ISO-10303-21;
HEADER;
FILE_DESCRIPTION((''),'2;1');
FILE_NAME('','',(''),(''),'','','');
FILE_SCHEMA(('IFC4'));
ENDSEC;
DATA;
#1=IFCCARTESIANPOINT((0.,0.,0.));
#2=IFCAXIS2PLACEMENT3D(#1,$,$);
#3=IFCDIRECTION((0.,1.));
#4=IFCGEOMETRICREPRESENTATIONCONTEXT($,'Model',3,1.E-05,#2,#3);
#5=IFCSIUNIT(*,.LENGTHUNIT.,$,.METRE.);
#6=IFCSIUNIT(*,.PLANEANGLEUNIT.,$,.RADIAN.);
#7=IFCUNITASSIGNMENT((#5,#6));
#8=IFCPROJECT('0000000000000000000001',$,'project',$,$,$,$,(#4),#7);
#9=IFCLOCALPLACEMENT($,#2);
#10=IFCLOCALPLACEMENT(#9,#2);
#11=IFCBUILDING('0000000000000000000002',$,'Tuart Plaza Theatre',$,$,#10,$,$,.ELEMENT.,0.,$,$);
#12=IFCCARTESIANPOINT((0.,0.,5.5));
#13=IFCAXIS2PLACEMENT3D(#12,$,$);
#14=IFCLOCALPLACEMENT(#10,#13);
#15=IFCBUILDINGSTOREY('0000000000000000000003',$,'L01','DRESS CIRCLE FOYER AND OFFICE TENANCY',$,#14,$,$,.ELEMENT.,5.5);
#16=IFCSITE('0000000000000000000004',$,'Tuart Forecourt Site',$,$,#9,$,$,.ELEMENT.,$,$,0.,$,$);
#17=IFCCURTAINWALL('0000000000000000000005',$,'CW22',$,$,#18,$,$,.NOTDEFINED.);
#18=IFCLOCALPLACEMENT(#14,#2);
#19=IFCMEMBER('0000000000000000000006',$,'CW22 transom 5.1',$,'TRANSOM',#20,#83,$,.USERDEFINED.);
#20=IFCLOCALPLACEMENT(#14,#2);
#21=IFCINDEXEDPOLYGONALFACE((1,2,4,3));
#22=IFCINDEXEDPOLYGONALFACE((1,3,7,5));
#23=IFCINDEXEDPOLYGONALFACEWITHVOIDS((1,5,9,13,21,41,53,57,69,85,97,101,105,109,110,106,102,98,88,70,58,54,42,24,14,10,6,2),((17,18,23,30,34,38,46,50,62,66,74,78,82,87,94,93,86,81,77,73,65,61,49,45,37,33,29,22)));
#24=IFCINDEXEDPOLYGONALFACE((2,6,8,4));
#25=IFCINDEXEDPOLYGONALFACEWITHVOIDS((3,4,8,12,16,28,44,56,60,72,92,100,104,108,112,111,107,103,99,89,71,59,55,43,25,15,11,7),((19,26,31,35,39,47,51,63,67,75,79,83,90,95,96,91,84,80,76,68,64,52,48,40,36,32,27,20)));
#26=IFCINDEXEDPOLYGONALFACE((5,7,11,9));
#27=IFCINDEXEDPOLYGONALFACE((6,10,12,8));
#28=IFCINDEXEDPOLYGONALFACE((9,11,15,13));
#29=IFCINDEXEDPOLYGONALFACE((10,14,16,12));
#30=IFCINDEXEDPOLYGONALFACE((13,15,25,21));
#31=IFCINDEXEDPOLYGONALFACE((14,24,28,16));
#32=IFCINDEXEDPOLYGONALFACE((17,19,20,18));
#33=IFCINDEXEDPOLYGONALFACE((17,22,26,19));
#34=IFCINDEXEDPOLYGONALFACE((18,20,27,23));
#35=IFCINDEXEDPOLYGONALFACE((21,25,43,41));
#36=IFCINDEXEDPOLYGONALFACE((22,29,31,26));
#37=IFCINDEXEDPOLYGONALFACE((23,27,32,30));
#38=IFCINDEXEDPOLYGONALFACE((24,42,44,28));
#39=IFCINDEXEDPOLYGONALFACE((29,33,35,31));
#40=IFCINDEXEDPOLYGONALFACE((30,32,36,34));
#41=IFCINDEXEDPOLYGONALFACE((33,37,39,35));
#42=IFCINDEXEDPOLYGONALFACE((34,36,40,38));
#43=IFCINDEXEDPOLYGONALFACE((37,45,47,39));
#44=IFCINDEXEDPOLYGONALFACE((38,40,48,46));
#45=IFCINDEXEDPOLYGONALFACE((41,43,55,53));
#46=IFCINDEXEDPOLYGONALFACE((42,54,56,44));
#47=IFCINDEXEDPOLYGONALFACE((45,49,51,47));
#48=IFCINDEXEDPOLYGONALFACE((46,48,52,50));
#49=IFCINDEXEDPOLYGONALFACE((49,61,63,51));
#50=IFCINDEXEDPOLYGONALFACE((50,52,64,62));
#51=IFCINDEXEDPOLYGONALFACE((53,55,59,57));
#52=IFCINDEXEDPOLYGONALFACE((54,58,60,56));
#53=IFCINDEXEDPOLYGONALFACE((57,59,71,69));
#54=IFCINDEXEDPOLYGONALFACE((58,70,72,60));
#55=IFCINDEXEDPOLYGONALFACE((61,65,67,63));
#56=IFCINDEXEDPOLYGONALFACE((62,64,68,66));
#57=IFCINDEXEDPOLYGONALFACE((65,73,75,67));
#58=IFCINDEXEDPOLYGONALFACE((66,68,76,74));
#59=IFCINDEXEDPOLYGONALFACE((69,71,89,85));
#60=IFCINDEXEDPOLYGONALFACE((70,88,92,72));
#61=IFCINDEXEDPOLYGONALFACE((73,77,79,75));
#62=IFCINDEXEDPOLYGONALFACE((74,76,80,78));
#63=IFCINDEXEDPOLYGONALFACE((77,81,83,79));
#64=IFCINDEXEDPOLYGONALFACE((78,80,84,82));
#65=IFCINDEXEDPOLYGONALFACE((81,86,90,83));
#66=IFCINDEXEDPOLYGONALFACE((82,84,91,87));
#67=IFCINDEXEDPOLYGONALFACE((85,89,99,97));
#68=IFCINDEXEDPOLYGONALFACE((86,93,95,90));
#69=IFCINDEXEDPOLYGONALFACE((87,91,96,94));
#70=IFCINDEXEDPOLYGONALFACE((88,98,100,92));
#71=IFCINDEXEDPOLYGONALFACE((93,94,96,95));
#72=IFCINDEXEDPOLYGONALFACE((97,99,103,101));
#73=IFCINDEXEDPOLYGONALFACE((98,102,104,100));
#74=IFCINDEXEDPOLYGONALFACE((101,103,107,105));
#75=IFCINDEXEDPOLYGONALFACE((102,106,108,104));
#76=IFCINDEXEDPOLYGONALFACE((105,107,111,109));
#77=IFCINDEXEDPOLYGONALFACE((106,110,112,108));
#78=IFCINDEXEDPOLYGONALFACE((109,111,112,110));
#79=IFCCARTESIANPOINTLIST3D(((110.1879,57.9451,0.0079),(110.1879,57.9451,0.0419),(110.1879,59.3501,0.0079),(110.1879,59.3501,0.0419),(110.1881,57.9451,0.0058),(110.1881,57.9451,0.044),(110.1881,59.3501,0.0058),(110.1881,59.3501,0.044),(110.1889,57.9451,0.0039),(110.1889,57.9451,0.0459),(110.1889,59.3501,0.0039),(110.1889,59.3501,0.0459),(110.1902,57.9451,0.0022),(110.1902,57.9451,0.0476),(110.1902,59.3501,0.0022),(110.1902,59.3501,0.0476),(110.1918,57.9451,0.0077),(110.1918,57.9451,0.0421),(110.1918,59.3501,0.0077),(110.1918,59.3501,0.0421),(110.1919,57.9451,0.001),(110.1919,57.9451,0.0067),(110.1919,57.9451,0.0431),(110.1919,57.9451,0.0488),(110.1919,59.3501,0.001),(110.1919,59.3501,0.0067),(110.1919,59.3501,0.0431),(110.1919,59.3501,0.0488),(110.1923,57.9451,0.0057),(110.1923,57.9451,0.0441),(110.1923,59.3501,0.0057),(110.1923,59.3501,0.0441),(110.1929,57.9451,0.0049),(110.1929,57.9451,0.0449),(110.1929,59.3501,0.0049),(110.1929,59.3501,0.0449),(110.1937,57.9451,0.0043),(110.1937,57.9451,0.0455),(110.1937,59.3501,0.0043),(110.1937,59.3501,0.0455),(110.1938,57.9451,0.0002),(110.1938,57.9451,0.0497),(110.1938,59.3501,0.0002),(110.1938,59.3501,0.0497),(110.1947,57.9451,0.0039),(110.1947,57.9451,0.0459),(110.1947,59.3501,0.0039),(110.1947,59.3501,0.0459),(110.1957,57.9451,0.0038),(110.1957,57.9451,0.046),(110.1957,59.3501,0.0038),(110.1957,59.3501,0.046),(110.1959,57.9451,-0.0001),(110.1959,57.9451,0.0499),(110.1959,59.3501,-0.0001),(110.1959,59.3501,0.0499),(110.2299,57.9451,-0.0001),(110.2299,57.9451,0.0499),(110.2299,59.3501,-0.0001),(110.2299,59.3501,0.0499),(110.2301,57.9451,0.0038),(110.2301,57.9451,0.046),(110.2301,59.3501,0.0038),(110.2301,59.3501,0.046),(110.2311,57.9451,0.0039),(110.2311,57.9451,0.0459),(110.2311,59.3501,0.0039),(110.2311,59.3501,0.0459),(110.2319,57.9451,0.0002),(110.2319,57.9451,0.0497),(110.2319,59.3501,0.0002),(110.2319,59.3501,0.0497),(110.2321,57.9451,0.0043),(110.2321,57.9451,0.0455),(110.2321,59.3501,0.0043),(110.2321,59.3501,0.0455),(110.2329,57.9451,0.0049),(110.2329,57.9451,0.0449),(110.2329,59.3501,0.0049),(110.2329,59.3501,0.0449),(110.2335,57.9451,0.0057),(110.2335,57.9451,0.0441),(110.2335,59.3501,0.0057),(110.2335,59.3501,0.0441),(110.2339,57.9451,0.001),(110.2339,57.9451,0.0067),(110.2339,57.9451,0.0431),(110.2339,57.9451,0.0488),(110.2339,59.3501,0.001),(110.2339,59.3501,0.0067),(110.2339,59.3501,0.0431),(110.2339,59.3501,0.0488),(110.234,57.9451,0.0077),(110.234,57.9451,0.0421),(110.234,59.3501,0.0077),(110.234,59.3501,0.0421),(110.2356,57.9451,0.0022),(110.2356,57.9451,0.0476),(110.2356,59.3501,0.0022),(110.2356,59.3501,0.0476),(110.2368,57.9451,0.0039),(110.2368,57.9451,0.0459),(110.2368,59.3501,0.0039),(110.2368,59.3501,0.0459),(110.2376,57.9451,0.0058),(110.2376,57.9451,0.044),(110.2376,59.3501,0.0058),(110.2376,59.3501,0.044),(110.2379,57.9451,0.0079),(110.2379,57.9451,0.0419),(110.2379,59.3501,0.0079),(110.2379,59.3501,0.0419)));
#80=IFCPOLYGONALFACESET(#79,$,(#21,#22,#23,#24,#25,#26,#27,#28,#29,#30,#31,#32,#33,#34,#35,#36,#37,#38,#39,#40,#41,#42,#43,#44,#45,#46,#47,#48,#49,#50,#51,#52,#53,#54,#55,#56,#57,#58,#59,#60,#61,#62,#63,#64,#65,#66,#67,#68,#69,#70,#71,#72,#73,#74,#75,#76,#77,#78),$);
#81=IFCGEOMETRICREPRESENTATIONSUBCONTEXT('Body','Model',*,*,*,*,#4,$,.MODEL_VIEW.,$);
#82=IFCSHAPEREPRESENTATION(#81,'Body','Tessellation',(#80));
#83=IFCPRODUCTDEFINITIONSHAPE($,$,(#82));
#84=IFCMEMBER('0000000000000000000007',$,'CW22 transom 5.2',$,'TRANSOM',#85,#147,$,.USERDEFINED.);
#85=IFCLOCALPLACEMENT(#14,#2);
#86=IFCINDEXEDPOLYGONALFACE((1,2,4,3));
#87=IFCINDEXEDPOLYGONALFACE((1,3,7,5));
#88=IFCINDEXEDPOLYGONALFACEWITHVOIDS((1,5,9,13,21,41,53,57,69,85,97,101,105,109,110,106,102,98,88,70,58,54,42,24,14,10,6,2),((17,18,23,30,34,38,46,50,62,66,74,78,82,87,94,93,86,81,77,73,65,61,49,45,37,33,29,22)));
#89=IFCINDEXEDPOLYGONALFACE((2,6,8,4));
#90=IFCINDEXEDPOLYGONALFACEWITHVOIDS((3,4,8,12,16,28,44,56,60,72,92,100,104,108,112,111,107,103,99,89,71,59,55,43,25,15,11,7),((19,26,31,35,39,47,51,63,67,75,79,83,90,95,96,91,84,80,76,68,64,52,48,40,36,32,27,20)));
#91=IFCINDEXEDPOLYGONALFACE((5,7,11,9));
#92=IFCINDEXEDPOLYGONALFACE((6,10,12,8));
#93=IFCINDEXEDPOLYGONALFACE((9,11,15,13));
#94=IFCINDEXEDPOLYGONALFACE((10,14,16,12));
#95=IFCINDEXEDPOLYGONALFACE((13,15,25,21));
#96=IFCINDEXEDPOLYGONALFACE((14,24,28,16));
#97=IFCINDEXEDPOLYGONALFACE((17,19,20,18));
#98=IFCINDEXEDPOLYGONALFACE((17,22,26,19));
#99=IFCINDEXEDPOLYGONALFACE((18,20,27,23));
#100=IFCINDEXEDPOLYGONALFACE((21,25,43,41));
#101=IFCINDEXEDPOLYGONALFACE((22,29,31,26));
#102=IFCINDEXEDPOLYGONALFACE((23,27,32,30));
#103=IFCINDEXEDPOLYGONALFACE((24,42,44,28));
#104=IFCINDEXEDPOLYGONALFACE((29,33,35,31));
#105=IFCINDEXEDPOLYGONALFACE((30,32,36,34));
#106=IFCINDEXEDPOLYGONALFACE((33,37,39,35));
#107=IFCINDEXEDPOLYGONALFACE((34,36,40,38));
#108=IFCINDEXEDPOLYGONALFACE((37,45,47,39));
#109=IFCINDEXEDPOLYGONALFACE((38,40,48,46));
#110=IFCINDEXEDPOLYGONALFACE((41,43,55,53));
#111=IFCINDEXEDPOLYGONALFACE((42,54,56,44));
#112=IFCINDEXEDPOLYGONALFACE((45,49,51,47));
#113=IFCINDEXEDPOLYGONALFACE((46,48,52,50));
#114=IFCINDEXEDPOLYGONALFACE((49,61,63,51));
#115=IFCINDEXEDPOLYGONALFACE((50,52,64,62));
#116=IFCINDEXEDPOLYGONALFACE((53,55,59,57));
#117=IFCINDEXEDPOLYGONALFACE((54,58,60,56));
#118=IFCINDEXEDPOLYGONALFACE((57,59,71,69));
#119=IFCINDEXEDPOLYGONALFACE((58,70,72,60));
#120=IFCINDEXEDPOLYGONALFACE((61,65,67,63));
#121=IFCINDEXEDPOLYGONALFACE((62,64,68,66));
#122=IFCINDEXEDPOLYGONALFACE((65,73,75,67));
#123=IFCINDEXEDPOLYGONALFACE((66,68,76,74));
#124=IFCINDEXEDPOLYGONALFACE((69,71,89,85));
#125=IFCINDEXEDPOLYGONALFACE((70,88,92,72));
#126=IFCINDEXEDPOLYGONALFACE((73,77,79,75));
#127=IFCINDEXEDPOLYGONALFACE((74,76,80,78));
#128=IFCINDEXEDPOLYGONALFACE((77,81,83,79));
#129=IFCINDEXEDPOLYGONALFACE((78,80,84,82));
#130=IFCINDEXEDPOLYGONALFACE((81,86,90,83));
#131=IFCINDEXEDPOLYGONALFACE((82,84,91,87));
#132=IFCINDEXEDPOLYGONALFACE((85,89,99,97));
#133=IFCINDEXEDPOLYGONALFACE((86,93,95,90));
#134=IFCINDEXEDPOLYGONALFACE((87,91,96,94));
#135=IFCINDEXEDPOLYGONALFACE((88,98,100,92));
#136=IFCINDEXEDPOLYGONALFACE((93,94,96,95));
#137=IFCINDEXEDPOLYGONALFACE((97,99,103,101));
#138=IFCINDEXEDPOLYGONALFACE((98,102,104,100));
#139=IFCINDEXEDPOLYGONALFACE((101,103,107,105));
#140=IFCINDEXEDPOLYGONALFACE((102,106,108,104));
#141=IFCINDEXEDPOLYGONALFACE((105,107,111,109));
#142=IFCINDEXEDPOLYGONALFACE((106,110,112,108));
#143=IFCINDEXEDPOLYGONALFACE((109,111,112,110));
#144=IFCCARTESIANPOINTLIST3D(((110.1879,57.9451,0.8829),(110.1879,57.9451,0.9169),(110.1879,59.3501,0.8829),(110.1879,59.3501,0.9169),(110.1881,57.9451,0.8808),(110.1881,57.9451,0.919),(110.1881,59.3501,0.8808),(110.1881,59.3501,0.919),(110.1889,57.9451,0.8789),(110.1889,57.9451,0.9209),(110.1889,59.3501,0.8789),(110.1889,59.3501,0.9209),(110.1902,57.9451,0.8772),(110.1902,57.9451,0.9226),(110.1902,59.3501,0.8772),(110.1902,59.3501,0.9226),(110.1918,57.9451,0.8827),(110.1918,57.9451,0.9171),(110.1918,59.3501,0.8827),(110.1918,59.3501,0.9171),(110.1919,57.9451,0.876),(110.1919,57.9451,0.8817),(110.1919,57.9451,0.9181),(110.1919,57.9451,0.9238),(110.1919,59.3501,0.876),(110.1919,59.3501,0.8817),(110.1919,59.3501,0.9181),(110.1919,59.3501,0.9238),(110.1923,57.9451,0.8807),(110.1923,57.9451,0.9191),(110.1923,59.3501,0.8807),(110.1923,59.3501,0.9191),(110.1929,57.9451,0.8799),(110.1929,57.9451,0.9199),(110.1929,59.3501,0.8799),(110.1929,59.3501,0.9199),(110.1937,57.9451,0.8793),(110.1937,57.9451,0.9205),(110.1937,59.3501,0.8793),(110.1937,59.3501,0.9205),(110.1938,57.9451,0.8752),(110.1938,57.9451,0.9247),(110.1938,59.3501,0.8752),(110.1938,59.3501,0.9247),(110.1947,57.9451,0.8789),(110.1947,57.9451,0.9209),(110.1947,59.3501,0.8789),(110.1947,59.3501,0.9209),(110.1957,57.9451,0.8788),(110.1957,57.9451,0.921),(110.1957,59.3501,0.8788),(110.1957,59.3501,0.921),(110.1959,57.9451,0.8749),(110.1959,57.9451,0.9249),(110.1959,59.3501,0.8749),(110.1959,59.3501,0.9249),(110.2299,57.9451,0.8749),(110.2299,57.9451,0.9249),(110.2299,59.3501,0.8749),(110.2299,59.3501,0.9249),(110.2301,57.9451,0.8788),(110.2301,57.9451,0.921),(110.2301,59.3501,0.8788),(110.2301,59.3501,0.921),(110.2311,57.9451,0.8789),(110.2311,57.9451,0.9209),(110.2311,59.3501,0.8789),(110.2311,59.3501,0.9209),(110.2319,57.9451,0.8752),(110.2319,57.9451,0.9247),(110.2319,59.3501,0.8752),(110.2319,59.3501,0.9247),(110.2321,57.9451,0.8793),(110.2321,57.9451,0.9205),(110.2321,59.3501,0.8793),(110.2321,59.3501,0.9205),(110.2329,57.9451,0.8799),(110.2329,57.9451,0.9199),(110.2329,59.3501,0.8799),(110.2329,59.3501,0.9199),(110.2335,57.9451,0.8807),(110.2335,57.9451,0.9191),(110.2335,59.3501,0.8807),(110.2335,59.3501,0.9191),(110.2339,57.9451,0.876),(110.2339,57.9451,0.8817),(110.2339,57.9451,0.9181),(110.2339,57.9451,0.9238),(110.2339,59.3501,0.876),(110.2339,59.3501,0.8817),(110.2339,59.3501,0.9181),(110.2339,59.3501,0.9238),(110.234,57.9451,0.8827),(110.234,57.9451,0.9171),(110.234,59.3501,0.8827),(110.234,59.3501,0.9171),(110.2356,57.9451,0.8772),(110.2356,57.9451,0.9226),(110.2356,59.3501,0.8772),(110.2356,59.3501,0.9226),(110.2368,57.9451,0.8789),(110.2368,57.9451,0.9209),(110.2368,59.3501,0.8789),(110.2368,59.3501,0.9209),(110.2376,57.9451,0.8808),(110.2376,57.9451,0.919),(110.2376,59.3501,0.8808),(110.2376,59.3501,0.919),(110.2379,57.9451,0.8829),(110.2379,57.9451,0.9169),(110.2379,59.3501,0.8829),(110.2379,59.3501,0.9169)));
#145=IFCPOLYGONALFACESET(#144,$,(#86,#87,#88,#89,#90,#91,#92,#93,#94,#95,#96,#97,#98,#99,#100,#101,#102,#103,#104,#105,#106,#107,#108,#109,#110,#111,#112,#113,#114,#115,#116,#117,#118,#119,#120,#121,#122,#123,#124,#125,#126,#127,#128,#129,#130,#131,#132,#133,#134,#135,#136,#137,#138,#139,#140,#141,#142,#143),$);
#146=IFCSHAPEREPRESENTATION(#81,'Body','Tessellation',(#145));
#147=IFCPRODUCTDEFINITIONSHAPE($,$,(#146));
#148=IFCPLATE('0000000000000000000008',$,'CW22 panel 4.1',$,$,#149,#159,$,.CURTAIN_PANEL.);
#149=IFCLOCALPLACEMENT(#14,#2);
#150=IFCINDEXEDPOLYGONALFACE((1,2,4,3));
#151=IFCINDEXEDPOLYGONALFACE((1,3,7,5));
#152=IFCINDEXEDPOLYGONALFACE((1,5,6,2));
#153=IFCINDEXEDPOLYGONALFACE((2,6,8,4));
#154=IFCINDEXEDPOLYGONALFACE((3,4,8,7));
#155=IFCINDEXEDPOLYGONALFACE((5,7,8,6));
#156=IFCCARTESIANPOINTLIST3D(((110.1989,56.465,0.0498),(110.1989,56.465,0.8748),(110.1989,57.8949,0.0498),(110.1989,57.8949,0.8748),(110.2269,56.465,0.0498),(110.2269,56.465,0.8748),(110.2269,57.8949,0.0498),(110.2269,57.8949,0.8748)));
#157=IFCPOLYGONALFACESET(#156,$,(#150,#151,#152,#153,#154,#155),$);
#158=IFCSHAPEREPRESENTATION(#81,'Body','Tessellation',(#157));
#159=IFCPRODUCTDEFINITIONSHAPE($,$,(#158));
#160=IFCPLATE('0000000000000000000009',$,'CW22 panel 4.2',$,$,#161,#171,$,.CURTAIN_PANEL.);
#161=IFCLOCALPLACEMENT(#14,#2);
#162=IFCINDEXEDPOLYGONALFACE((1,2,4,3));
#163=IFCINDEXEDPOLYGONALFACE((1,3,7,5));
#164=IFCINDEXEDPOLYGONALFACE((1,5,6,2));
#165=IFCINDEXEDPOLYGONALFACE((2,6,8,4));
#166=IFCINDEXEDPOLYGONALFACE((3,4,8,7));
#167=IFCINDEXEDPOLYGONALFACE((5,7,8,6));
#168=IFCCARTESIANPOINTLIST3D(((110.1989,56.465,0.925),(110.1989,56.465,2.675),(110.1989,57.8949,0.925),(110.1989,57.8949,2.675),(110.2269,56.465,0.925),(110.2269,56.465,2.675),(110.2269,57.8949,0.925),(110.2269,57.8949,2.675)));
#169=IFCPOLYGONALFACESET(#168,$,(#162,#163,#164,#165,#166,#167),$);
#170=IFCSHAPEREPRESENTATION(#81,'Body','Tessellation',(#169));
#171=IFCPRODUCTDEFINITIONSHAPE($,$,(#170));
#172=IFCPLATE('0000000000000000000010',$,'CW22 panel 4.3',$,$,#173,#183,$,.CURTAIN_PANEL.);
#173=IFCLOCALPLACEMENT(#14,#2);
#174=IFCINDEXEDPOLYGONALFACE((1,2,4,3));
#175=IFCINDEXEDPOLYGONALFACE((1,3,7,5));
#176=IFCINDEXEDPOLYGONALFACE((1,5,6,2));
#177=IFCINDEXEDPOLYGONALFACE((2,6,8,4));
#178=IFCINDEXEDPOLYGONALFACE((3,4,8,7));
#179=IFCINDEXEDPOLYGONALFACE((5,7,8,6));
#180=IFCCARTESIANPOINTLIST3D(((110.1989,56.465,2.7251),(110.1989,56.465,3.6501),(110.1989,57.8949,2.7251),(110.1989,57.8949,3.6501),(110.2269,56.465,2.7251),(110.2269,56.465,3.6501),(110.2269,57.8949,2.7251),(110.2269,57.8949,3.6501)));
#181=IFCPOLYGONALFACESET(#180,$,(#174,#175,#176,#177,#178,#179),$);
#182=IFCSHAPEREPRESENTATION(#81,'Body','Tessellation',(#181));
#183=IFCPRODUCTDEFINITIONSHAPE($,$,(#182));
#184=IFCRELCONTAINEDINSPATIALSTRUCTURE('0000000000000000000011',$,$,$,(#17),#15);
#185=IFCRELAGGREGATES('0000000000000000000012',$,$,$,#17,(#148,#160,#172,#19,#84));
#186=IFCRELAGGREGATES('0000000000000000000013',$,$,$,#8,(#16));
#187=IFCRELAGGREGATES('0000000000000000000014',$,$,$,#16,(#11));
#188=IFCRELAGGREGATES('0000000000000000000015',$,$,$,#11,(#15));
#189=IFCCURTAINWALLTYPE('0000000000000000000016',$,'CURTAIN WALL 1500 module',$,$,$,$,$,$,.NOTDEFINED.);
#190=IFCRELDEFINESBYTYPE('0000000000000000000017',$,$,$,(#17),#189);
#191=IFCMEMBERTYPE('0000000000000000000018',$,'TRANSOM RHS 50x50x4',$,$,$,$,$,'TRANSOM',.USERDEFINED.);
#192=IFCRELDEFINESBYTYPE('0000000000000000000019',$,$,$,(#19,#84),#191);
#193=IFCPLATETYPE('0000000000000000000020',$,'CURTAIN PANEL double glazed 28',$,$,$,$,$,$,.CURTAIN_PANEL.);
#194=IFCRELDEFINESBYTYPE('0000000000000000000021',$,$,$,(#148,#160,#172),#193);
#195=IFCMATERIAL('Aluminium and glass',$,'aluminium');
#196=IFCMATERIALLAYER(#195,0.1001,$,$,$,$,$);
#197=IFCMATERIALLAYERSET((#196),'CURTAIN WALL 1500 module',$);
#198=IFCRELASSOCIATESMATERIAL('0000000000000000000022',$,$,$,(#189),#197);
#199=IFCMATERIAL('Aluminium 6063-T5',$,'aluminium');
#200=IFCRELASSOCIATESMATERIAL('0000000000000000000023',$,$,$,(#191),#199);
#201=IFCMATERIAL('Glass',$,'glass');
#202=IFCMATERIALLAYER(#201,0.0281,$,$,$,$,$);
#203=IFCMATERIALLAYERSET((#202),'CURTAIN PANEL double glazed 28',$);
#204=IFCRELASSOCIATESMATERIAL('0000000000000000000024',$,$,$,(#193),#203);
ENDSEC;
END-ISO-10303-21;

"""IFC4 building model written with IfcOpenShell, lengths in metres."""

from ifc_helpers import new_model, si_unit, direction, frame, origin, origin_2d, place, context, subcontext, project, spatial, rectangle, hollow_rectangle, extrude, material, layer, layer_set, material_profile, profile_set, type_object, element, aggregate, save


model = new_model("IFC4")

# Units and contexts
model_context = context("Model", 3, precision=1e-05, world=origin(), true_north=direction((0.0, 1.0)))
body_context = subcontext(model_context, "Body", "Model", "MODEL_VIEW")
ifc_project = project(units=[si_unit("LENGTHUNIT", "METRE"), si_unit("PLANEANGLEUNIT", "RADIAN")], contexts=[model_context])

# Site, building, storey
site_placement = place(None, origin())
site = spatial("IfcSite", under=ifc_project, at=site_placement, Name="Tuart Forecourt Site", CompositionType="ELEMENT", RefElevation=0.0)
building_placement = place(site_placement, origin())
building = spatial("IfcBuilding", under=site, at=building_placement, Name="Tuart Plaza Theatre", CompositionType="ELEMENT", ElevationOfRefHeight=0.0)
storey_placement = place(building_placement, frame((0.0, 0.0, 5.5)))
storey = spatial("IfcBuildingStorey", under=building, at=storey_placement, Name="L01", Description="DRESS CIRCLE FOYER AND OFFICE TENANCY", CompositionType="ELEMENT", Elevation=5.5)

# Curtain wall, members, plates
ifc_material_1 = material(Name="Aluminium and glass", Category="aluminium")
ifc_layer_1 = layer(ifc_material_1, 0.1001)
ifc_layer_set_1 = layer_set([ifc_layer_1], Name="CURTAIN WALL 1500 module")
curtain_wall_type = type_object("IfcCurtainWallType", Name="CURTAIN WALL 1500 module", PredefinedType="NOTDEFINED", material=ifc_layer_set_1)
curtain_wall_placement = place(storey_placement, origin())
curtain_wall = element("IfcCurtainWall", 1, at=curtain_wall_placement, inside=storey, type_object=curtain_wall_type, Name="CW22", PredefinedType="NOTDEFINED")
ifc_material_2 = material(Name="Aluminium 6063-T5", Category="aluminium")
ifc_material_profile_1 = material_profile(ifc_material_2, hollow_rectangle(XDim=0.05, YDim=0.05, WallThickness=0.0039, InnerFilletRadius=0.0039, OuterFilletRadius=0.0081, at=origin_2d()), Name="RHS 50x50x4")
ifc_profile_set_1 = profile_set([ifc_material_profile_1], Name="Aluminium 6063-T5")
member_type_1 = type_object("IfcMemberType", Name="TRANSOM RHS 50x50x4", ElementType="TRANSOM", PredefinedType="USERDEFINED", material=ifc_profile_set_1)
member_1_placement = place(storey_placement, frame((110.2129, 57.9451, 0.0249), z_axis=(0.0, 1.0, 0.0), x_axis=(-1.0, 0.0, 0.0)))
member_1 = element("IfcMember", 2, at=member_1_placement, type_object=member_type_1, Name="CW22 transom 5.1", ObjectType="TRANSOM", PredefinedType="USERDEFINED", context=body_context, shape_type="SweptSolid", body=[
    extrude(hollow_rectangle(XDim=0.05, YDim=0.05, WallThickness=0.0039, InnerFilletRadius=0.0039, OuterFilletRadius=0.0081, at=origin_2d()), origin(), (0.0, 0.0, 1.0), 1.405),
])
member_2_placement = place(storey_placement, frame((110.2129, 57.9451, 0.8999), z_axis=(0.0, 1.0, 0.0), x_axis=(-1.0, 0.0, 0.0)))
member_2 = element("IfcMember", 3, at=member_2_placement, type_object=member_type_1, Name="CW22 transom 5.2", ObjectType="TRANSOM", PredefinedType="USERDEFINED", context=body_context, shape_type="SweptSolid", body=[
    extrude(hollow_rectangle(XDim=0.05, YDim=0.05, WallThickness=0.0039, InnerFilletRadius=0.0039, OuterFilletRadius=0.0081, at=origin_2d()), origin(), (0.0, 0.0, 1.0), 1.405),
])
ifc_material_3 = material(Name="Glass", Category="glass")
ifc_layer_2 = layer(ifc_material_3, 0.0281)
ifc_layer_set_2 = layer_set([ifc_layer_2], Name="CURTAIN PANEL double glazed 28")
plate_type = type_object("IfcPlateType", Name="CURTAIN PANEL double glazed 28", PredefinedType="CURTAIN_PANEL", material=ifc_layer_set_2)
plate_1_placement = place(storey_placement, frame((110.2129, 57.1799, 0.0498), z_axis=(0.0, 0.0, 1.0), x_axis=(0.0, 1.0, 0.0)))
plate_1 = element("IfcPlate", 4, at=plate_1_placement, type_object=plate_type, Name="CW22 panel 4.1", PredefinedType="CURTAIN_PANEL", context=body_context, shape_type="SweptSolid", body=[
    extrude(rectangle(XDim=1.4299, YDim=0.0281, at=origin_2d()), origin(), (0.0, 0.0, 1.0), 0.825),
])
plate_2_placement = place(storey_placement, frame((110.2129, 57.1799, 0.925), z_axis=(0.0, 0.0, 1.0), x_axis=(0.0, 1.0, 0.0)))
plate_2 = element("IfcPlate", 5, at=plate_2_placement, type_object=plate_type, Name="CW22 panel 4.2", PredefinedType="CURTAIN_PANEL", context=body_context, shape_type="SweptSolid", body=[
    extrude(rectangle(XDim=1.4299, YDim=0.0281, at=origin_2d()), origin(), (0.0, 0.0, 1.0), 1.75),
])
plate_3_placement = place(storey_placement, frame((110.2129, 57.1799, 2.7251), z_axis=(0.0, 0.0, 1.0), x_axis=(0.0, 1.0, 0.0)))
plate_3 = element("IfcPlate", 6, at=plate_3_placement, type_object=plate_type, Name="CW22 panel 4.3", PredefinedType="CURTAIN_PANEL", context=body_context, shape_type="SweptSolid", body=[
    extrude(rectangle(XDim=1.4299, YDim=0.0281, at=origin_2d()), origin(), (0.0, 0.0, 1.0), 0.925),
])
aggregate(curtain_wall, [plate_1, plate_2, plate_3, member_1, member_2])

save(model, "model.ifc")
